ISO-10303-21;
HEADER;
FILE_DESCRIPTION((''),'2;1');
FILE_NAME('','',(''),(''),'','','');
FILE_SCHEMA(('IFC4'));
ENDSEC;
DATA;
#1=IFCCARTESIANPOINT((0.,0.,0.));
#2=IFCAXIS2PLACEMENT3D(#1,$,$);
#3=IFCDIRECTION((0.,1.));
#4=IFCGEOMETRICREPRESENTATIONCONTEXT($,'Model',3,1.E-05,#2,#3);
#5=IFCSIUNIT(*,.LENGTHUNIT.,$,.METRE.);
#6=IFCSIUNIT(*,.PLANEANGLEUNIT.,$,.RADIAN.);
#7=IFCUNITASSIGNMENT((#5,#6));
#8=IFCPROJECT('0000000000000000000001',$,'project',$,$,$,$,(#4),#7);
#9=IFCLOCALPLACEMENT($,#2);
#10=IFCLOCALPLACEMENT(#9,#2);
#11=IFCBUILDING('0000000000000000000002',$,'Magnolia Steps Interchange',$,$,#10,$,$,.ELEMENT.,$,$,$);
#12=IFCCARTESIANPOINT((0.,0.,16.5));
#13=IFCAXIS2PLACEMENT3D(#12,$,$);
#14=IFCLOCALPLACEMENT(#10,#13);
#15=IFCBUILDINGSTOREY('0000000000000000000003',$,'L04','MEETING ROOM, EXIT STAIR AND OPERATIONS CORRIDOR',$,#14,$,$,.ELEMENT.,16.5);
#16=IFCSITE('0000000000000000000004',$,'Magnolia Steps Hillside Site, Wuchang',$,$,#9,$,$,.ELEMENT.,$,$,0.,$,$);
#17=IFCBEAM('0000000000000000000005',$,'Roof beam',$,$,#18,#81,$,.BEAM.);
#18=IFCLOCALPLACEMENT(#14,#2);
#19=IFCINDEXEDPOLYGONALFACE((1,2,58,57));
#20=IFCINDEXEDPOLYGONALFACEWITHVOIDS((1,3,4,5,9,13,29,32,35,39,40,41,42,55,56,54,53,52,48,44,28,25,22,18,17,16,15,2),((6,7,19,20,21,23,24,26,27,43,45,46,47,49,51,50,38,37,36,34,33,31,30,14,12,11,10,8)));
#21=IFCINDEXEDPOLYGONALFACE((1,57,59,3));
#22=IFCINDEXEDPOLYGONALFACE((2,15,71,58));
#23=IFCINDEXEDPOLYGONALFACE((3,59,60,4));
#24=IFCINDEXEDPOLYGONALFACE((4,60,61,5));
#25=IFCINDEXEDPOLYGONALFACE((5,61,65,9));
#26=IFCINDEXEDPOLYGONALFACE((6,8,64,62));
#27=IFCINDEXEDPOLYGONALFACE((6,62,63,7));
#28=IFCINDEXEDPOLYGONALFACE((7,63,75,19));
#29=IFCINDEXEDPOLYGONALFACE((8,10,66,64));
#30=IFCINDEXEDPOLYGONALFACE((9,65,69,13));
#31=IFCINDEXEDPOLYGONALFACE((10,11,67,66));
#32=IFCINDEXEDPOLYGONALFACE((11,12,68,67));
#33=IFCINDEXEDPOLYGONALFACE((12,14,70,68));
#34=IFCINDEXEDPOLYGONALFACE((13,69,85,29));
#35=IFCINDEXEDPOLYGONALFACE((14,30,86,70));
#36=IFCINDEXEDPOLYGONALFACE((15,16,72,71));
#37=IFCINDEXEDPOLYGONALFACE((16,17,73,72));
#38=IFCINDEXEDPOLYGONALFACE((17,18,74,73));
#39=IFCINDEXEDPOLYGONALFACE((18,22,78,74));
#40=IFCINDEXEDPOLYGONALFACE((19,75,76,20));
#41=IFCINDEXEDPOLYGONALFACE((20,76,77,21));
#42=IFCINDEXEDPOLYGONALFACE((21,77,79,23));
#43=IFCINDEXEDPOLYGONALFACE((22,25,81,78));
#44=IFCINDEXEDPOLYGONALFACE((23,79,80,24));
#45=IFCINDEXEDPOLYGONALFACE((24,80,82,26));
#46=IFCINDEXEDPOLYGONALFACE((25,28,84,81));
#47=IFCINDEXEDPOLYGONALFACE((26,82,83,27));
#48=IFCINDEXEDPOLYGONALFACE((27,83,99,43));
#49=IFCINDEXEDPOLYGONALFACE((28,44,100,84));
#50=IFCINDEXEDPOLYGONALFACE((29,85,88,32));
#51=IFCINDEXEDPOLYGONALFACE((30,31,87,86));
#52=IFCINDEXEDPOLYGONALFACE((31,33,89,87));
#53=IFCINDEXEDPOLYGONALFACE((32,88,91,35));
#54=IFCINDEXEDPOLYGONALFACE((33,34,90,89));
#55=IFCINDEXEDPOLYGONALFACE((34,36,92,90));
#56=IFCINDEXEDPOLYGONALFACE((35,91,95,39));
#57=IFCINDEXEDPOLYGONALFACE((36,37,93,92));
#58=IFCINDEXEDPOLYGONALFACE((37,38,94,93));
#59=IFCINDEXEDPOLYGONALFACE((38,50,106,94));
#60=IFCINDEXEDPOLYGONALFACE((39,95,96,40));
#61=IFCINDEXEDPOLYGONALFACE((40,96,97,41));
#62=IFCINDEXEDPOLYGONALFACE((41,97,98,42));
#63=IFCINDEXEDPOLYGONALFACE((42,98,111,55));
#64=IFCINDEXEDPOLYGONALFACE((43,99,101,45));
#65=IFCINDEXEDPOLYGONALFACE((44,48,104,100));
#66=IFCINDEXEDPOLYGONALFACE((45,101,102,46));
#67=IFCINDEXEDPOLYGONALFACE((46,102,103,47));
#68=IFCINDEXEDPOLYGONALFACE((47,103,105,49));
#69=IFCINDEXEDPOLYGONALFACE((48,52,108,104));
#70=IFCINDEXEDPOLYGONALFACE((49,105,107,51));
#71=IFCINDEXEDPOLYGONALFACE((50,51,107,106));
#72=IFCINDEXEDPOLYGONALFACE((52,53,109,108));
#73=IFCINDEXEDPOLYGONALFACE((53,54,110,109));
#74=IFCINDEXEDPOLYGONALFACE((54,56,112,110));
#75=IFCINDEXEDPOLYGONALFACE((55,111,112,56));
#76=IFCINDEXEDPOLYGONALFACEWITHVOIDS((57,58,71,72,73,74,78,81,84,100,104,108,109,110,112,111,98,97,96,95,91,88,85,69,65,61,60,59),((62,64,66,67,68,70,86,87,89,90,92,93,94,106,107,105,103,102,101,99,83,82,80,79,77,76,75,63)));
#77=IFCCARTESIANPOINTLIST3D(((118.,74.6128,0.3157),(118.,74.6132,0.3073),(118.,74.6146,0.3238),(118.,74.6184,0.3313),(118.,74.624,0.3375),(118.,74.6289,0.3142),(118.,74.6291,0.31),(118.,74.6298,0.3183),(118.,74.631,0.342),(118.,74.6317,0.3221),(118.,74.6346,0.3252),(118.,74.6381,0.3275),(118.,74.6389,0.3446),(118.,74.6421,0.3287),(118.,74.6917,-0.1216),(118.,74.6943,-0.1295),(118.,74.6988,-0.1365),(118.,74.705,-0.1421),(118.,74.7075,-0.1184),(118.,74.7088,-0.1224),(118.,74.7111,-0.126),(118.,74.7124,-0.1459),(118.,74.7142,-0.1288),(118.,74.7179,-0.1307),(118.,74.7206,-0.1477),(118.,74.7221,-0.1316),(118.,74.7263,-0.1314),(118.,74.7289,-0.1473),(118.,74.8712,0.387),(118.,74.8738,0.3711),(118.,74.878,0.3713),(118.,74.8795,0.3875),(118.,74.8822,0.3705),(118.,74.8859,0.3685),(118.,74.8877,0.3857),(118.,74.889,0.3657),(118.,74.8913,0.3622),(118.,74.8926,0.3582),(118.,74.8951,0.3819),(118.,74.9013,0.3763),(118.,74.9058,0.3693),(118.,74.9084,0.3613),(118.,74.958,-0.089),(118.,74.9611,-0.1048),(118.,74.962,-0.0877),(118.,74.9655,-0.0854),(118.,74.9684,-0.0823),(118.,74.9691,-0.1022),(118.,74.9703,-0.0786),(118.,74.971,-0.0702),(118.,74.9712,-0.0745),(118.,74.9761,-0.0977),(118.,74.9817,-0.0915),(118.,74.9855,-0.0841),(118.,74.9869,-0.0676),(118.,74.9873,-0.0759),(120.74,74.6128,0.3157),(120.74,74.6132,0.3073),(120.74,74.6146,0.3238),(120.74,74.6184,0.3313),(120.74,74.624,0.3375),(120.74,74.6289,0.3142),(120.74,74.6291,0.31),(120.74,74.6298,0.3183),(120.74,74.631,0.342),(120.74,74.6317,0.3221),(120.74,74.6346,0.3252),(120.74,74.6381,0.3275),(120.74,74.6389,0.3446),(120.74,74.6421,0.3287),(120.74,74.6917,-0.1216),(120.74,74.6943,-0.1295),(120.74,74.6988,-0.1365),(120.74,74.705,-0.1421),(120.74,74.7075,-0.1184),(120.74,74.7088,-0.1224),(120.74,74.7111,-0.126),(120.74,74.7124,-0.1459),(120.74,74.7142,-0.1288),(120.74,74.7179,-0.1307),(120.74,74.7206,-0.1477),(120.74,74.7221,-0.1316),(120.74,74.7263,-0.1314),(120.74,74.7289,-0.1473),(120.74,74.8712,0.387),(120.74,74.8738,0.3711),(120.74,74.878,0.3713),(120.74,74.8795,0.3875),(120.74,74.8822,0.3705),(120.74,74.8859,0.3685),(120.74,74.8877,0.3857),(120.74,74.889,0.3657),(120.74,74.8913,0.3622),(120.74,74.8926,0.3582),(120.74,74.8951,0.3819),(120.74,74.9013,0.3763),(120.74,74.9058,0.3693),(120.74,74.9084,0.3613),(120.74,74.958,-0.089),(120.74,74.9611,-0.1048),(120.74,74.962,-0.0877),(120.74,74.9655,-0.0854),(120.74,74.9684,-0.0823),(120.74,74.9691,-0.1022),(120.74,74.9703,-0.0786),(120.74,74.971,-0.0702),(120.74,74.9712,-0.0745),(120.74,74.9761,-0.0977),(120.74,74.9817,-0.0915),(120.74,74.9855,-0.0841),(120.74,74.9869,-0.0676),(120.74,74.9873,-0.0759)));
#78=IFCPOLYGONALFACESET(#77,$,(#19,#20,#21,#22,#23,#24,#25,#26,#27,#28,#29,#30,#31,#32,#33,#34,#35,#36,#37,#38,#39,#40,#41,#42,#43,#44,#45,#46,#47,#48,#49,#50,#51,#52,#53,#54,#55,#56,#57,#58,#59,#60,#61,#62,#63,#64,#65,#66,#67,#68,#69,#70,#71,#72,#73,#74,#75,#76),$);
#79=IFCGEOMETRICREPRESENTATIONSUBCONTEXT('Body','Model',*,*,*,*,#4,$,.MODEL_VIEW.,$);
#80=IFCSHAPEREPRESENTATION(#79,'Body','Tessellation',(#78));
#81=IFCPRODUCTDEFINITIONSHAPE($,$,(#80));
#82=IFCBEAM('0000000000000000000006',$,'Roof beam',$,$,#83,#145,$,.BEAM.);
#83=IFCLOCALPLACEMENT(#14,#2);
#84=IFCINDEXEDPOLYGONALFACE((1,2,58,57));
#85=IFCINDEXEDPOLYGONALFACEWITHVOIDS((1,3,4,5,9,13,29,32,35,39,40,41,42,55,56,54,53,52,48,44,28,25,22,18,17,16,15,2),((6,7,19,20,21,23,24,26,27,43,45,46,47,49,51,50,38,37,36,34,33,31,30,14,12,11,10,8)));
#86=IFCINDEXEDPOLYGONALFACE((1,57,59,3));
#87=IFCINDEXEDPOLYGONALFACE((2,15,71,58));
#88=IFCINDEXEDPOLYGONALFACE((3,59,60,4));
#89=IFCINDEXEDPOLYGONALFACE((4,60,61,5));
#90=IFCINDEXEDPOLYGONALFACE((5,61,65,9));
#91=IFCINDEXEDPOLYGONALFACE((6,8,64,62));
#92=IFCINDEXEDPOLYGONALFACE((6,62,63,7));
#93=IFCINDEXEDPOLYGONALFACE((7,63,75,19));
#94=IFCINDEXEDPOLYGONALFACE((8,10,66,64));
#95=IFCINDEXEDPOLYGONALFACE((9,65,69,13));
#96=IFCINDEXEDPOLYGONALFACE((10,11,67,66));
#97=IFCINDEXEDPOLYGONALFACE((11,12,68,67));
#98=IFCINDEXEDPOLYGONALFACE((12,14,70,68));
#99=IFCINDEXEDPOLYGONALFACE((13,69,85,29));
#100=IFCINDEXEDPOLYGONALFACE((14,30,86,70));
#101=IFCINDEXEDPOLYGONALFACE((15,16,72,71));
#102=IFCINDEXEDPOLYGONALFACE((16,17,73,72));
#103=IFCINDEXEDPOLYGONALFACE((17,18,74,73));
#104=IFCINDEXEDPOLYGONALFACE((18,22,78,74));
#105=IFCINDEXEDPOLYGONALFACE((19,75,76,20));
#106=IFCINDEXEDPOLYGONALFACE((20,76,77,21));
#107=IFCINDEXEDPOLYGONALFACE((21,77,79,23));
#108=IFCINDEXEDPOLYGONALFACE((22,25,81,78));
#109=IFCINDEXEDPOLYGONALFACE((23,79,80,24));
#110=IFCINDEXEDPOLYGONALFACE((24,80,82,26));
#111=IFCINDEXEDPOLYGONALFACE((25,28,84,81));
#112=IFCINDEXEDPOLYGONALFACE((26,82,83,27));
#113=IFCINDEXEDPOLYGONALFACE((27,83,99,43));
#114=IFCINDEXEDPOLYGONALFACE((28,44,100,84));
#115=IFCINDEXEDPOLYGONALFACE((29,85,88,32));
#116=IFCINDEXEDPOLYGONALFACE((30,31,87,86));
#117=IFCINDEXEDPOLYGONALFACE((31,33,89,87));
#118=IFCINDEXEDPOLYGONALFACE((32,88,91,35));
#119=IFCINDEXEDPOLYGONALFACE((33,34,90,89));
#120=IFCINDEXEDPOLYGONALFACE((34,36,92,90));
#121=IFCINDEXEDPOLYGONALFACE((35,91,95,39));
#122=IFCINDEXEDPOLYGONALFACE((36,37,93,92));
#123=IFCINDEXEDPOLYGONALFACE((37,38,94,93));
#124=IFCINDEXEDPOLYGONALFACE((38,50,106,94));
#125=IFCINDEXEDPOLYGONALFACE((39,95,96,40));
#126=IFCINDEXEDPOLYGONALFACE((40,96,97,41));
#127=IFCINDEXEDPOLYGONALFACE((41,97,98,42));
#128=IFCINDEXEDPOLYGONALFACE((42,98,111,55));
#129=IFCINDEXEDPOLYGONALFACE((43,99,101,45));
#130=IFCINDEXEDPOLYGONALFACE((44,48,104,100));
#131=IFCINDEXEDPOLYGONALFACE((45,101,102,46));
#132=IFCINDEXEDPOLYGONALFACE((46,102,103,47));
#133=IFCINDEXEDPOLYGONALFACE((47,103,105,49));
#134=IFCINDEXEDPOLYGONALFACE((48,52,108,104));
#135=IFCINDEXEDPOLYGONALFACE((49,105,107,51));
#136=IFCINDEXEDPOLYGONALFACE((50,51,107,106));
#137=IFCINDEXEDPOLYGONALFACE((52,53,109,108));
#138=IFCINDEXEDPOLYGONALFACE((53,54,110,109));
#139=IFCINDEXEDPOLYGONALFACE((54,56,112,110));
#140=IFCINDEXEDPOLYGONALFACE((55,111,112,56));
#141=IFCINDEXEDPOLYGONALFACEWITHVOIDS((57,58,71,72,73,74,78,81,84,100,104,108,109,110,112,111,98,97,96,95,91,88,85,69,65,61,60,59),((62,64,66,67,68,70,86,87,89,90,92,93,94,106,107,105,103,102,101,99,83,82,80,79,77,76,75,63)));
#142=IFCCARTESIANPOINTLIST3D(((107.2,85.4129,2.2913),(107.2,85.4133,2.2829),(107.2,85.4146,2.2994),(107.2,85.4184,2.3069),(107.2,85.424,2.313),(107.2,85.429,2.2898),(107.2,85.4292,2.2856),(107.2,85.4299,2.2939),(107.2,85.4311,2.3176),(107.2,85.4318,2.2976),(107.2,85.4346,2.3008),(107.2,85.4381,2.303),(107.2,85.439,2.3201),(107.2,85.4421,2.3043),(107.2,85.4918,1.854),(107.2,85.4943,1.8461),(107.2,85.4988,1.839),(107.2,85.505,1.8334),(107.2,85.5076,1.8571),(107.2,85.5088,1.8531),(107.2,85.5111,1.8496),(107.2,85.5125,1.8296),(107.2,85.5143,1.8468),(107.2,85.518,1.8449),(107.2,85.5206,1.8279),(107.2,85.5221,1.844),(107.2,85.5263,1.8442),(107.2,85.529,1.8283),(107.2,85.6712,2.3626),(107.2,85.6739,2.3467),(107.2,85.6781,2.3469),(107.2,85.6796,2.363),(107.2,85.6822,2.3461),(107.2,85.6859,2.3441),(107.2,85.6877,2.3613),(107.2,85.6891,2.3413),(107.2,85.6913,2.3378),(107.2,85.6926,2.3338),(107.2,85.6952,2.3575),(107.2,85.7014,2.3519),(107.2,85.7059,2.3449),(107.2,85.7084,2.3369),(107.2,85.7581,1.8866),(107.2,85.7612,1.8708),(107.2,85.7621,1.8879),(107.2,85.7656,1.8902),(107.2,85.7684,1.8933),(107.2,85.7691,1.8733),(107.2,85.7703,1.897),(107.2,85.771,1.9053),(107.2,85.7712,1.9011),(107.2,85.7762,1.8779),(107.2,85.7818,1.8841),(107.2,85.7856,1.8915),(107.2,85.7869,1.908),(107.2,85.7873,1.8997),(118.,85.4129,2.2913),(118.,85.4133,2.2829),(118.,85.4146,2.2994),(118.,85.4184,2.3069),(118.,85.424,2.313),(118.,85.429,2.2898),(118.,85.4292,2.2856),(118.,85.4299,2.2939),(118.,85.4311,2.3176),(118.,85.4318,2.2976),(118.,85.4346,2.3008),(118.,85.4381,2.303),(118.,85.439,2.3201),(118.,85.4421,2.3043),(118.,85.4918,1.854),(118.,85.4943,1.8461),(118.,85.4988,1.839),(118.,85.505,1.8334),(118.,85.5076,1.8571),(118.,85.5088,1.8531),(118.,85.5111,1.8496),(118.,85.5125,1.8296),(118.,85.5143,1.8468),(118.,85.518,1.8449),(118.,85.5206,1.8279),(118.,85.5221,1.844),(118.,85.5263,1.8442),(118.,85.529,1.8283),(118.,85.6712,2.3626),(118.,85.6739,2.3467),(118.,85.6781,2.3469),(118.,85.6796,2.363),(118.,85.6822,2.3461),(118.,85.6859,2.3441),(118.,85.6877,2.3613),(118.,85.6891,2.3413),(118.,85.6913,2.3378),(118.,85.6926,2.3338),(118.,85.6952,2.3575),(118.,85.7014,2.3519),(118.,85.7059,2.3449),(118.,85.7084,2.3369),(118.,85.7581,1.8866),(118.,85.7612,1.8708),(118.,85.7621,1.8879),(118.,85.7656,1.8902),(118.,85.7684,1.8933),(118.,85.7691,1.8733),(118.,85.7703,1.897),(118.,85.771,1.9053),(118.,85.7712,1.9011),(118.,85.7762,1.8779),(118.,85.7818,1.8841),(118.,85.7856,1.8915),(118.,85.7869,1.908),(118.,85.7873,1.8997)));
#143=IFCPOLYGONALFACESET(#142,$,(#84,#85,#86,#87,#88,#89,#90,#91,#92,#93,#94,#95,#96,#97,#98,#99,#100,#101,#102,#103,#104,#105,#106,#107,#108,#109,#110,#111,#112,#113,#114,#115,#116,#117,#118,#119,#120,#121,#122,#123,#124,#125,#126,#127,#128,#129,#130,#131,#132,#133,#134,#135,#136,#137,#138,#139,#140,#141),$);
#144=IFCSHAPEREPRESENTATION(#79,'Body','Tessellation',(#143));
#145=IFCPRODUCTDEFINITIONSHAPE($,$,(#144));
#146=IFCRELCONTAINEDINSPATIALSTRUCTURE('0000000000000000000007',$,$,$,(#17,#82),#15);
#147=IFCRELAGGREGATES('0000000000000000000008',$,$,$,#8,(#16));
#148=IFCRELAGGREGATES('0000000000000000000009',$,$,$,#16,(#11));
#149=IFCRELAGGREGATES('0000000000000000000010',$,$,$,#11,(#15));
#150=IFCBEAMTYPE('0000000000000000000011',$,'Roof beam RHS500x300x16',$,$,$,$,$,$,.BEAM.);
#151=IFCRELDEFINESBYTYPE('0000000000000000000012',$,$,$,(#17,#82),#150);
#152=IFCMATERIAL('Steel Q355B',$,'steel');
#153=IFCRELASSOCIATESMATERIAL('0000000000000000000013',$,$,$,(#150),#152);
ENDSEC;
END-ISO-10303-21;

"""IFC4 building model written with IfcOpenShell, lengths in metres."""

from ifc_helpers import new_model, si_unit, direction, frame, origin, origin_2d, place, context, subcontext, project, spatial, hollow_rectangle, extrude, material, material_profile, profile_set, type_object, element, save


model = new_model("IFC4")

# Units and contexts
model_context = context("Model", 3, precision=1e-05, world=origin(), true_north=direction((0.0, 1.0)))
body_context = subcontext(model_context, "Body", "Model", "MODEL_VIEW")
ifc_project = project(units=[si_unit("LENGTHUNIT", "METRE"), si_unit("PLANEANGLEUNIT", "RADIAN")], contexts=[model_context])

# Site, building, storey
site_placement = place(None, origin())
site = spatial("IfcSite", under=ifc_project, at=site_placement, Name="Magnolia Steps Hillside Site, Wuchang", CompositionType="ELEMENT", RefElevation=0.0)
building_placement = place(site_placement, origin())
building = spatial("IfcBuilding", under=site, at=building_placement, Name="Magnolia Steps Interchange", CompositionType="ELEMENT")
storey_placement = place(building_placement, frame((0.0, 0.0, 16.5)))
storey = spatial("IfcBuildingStorey", under=building, at=storey_placement, Name="L04", Description="MEETING ROOM, EXIT STAIR AND OPERATIONS CORRIDOR", CompositionType="ELEMENT", Elevation=16.5)

# Beams
ifc_material_1 = material(Name="Steel Q355B", Category="steel")
ifc_material_profile_1 = material_profile(ifc_material_1, hollow_rectangle(XDim=0.3, YDim=0.5, WallThickness=0.0161, InnerFilletRadius=0.0161, OuterFilletRadius=0.032, at=origin_2d()), Name="RHS500x300x16")
ifc_profile_set_1 = profile_set([ifc_material_profile_1], Name="Steel Q355B")
beam_type_1 = type_object("IfcBeamType", Name="Roof beam RHS500x300x16", PredefinedType="BEAM", material=ifc_profile_set_1)
beam_1_placement = place(storey_placement, frame((118.0, 74.8, 0.1199), z_axis=(1.0, 0.0, 0.0), x_axis=(0.0, 0.983677, 0.179941)))
element("IfcBeam", 1, at=beam_1_placement, inside=storey, type_object=beam_type_1, Name="Roof beam", PredefinedType="BEAM", context=body_context, shape_type="SweptSolid", body=[
    extrude(hollow_rectangle(XDim=0.3, YDim=0.5, WallThickness=0.0161, InnerFilletRadius=0.0161, OuterFilletRadius=0.032, at=origin_2d()), origin(), (0.0, 0.0, 1.0), 2.74),
])
beam_2_placement = place(storey_placement, frame((107.2, 85.6001, 2.0955), z_axis=(1.0, 0.0, 0.0), x_axis=(0.0, 0.983677, 0.179941)))
element("IfcBeam", 2, at=beam_2_placement, inside=storey, type_object=beam_type_1, Name="Roof beam", PredefinedType="BEAM", context=body_context, shape_type="SweptSolid", body=[
    extrude(hollow_rectangle(XDim=0.3, YDim=0.5, WallThickness=0.0161, InnerFilletRadius=0.0161, OuterFilletRadius=0.032, at=origin_2d()), origin(), (0.0, 0.0, 1.0), 10.8),
])

save(model, "model.ifc")
